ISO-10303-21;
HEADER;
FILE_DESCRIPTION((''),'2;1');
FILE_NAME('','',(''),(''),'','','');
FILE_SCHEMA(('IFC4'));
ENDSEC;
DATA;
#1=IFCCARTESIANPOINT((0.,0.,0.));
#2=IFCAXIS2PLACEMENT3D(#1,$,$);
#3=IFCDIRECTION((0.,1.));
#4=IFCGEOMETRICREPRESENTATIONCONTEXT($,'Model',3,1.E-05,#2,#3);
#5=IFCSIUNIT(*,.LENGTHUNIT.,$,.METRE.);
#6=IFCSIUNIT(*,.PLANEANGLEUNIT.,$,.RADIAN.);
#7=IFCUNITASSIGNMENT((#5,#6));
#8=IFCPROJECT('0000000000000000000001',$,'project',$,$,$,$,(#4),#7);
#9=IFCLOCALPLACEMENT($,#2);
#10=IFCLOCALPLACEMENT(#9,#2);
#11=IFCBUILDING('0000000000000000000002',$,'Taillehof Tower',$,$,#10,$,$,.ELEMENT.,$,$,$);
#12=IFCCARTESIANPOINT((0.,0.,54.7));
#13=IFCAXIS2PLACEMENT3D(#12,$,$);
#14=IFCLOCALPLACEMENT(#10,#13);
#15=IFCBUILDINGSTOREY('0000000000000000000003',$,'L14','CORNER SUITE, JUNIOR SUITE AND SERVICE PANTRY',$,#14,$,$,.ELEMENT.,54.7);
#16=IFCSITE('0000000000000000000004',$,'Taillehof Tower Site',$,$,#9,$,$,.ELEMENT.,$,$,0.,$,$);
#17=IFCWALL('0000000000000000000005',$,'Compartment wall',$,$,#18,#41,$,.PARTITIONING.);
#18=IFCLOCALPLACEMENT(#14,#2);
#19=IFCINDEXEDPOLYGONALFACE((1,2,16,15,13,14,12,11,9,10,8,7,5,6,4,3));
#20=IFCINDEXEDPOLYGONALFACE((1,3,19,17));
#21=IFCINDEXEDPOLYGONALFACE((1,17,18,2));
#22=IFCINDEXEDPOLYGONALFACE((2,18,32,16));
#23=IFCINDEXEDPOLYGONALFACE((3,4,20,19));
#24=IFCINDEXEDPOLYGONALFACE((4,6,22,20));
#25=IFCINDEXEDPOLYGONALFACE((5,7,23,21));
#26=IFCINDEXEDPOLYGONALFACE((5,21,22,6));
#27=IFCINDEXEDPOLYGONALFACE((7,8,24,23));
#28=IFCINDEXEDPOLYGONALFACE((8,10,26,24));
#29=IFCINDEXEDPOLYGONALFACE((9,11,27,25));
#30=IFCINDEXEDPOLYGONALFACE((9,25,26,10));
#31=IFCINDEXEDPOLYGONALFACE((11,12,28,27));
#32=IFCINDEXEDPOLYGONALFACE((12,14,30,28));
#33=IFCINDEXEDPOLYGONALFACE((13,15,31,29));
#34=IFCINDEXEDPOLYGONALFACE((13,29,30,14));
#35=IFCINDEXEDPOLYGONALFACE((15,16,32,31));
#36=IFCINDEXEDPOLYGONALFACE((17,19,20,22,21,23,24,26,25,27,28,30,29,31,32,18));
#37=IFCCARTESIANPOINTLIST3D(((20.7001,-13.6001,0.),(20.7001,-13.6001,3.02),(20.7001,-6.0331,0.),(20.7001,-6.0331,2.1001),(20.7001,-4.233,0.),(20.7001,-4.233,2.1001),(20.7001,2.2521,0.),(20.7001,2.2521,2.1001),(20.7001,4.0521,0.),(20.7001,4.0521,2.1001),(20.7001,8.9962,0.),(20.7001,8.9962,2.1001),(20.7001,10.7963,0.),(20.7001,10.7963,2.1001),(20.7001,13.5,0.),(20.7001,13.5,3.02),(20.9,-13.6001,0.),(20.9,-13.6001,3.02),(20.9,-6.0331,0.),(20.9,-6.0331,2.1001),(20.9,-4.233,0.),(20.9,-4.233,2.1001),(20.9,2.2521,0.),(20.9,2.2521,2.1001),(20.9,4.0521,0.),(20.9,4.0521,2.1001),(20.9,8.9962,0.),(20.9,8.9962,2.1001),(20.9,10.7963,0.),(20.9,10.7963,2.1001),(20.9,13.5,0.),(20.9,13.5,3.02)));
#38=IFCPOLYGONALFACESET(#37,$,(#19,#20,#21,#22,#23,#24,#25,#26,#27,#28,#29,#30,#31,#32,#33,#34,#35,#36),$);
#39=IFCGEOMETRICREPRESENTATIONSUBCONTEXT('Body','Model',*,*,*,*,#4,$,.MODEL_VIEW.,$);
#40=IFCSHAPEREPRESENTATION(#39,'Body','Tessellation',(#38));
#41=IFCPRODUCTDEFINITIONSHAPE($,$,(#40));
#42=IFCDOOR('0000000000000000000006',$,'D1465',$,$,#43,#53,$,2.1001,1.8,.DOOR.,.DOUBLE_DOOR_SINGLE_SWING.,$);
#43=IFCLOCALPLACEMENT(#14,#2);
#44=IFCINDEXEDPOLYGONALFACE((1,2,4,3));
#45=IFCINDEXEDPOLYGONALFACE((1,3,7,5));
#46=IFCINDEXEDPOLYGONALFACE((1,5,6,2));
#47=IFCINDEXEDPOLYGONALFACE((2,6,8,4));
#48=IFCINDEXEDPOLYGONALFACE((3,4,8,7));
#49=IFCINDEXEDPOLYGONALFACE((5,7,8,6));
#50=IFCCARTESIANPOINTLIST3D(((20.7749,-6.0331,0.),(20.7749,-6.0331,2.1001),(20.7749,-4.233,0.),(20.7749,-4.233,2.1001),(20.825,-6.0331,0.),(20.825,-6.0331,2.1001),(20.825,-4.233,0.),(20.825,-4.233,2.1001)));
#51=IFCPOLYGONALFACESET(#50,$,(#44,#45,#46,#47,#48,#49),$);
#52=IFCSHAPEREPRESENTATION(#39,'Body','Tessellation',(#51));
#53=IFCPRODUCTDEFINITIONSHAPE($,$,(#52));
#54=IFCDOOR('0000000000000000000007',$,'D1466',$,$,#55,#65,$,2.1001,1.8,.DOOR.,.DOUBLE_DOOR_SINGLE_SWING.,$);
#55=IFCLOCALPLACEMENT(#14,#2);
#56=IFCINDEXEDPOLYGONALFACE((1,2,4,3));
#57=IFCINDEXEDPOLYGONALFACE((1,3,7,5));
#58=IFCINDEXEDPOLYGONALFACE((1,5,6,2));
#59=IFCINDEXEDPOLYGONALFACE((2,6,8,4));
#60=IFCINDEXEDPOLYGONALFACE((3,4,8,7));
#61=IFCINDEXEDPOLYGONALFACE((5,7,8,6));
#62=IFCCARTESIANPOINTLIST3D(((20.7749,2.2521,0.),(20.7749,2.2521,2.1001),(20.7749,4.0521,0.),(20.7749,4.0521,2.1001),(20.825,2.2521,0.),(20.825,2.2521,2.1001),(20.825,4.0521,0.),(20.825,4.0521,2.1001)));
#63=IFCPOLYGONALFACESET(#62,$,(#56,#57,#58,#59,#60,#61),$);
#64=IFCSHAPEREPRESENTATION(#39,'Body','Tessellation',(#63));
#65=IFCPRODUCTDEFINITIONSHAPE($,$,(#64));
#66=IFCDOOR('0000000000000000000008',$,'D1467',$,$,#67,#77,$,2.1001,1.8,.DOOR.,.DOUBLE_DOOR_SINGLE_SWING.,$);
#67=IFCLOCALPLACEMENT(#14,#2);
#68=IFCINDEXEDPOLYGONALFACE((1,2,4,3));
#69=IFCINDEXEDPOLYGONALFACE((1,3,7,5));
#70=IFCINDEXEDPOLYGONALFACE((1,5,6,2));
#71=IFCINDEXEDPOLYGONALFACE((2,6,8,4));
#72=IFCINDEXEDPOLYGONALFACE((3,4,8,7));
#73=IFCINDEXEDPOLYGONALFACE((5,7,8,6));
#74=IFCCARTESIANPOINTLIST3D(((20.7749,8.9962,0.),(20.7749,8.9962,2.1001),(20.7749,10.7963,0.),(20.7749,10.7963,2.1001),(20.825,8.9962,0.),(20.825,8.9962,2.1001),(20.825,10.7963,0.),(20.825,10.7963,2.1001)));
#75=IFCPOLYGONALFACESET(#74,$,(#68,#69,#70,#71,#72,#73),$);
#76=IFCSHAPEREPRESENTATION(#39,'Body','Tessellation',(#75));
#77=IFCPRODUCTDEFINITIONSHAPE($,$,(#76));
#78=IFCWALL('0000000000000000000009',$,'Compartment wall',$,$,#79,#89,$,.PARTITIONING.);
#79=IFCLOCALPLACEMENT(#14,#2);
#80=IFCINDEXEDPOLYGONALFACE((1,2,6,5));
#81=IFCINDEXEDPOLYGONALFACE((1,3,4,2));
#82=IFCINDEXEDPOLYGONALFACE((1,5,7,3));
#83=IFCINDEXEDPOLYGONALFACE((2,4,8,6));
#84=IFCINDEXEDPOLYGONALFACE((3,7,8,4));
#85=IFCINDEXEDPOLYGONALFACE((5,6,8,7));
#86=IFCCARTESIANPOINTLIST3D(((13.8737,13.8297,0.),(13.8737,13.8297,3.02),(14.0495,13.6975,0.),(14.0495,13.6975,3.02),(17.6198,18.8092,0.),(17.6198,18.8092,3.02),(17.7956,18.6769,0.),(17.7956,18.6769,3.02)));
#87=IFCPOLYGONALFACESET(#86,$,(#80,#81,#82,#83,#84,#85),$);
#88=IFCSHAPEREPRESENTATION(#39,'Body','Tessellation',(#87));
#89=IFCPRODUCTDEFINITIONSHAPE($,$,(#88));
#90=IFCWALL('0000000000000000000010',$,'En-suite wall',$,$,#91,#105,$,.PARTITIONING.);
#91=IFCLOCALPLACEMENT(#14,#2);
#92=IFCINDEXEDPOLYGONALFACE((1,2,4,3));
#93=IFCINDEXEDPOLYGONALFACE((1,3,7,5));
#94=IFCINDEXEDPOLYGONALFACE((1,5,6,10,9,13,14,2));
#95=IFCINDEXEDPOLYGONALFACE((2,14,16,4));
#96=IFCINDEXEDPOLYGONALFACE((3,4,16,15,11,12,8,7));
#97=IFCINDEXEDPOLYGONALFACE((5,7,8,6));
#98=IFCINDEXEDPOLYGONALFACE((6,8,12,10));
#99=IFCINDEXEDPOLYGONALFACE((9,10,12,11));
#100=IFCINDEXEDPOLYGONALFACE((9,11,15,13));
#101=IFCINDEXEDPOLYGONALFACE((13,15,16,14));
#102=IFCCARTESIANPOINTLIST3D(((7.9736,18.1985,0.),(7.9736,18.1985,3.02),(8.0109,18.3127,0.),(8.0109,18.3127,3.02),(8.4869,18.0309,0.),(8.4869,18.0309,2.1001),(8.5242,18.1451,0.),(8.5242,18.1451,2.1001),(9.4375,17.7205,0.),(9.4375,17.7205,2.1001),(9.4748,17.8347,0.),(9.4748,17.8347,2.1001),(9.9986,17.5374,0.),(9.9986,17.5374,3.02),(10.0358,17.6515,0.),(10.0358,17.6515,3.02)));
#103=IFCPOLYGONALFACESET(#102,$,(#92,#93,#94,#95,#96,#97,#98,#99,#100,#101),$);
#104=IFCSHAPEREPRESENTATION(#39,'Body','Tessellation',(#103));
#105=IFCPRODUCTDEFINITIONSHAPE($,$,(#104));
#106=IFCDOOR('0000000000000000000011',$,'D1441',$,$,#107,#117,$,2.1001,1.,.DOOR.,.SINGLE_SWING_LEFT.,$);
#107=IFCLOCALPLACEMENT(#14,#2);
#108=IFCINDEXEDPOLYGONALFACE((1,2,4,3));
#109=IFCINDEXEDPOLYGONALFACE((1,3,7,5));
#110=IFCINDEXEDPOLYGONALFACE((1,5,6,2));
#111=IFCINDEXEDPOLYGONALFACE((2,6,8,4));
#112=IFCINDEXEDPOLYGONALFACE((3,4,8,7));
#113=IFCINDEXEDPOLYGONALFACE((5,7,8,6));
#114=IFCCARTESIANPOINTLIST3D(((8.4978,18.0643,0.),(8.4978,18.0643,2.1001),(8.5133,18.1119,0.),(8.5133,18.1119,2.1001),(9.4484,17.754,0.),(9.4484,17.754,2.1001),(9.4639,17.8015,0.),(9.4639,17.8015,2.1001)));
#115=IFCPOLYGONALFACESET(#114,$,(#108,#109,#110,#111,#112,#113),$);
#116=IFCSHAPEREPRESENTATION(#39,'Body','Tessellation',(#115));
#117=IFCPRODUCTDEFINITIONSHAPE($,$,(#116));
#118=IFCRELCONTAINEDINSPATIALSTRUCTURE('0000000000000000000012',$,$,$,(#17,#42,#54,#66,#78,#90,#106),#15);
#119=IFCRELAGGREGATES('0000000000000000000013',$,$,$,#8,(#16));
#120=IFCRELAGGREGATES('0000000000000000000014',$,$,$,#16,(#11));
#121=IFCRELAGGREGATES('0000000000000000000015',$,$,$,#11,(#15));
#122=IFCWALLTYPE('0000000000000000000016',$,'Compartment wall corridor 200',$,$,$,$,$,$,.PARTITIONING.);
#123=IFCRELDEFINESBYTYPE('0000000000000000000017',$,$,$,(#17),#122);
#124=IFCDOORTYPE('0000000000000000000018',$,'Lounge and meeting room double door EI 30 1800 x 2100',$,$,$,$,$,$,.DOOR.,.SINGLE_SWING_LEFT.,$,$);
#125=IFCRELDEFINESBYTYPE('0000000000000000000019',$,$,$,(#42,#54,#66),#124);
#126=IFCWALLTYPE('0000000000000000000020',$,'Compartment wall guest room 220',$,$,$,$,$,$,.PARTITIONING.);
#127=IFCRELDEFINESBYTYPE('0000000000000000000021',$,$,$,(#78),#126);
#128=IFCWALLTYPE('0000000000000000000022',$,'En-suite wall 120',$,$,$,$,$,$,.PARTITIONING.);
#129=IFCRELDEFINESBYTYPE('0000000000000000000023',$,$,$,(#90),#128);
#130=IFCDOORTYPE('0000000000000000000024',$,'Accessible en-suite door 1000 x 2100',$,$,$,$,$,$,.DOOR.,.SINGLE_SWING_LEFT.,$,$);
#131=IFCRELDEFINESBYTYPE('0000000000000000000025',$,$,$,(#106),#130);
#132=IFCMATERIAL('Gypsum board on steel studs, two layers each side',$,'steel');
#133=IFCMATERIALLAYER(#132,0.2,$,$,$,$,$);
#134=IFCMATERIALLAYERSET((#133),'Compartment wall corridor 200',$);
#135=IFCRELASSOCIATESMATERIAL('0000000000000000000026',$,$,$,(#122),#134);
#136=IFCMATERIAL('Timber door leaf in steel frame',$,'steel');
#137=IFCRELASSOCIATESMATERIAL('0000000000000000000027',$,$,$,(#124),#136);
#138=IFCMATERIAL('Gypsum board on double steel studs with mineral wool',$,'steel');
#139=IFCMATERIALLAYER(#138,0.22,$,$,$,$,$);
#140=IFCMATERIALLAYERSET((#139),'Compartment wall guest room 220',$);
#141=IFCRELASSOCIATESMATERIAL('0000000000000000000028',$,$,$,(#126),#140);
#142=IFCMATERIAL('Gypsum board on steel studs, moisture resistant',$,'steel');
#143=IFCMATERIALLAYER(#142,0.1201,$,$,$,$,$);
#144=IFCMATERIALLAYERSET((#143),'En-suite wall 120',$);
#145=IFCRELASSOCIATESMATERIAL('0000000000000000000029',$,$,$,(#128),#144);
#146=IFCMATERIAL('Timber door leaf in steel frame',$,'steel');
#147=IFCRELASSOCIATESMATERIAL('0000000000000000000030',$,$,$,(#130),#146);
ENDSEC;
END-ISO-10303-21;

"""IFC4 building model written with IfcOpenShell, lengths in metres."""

from ifc_helpers import new_model, si_unit, direction, frame, frame_2d, origin, place, context, subcontext, project, spatial, rectangle, extrude, material, layer, layer_set, type_object, element, fill, save


model = new_model("IFC4")

# Units and contexts
model_context = context("Model", 3, precision=1e-05, world=origin(), true_north=direction((0.0, 1.0)))
body_context = subcontext(model_context, "Body", "Model", "MODEL_VIEW")
ifc_project = project(units=[si_unit("LENGTHUNIT", "METRE"), si_unit("PLANEANGLEUNIT", "RADIAN")], contexts=[model_context])

# Site, building, storey
site_placement = place(None, origin())
site = spatial("IfcSite", under=ifc_project, at=site_placement, Name="Taillehof Tower Site", CompositionType="ELEMENT", RefElevation=0.0)
building_placement = place(site_placement, origin())
building = spatial("IfcBuilding", under=site, at=building_placement, Name="Taillehof Tower", CompositionType="ELEMENT")
storey_placement = place(building_placement, frame((0.0, 0.0, 54.7)))
storey = spatial("IfcBuildingStorey", under=building, at=storey_placement, Name="L14", Description="CORNER SUITE, JUNIOR SUITE AND SERVICE PANTRY", CompositionType="ELEMENT", Elevation=54.7)

# Shared definitions
ifc_material_1 = material(Name="Gypsum board on steel studs, two layers each side", Category="steel")
ifc_layer_1 = layer(ifc_material_1, 0.2)
ifc_layer_set_1 = layer_set([ifc_layer_1], Name="Compartment wall corridor 200")
wall_type_1 = type_object("IfcWallType", Name="Compartment wall corridor 200", PredefinedType="PARTITIONING", material=ifc_layer_set_1)

# Wall, openings, doors
wall_1_placement = place(storey_placement, frame((20.8, 13.5, 0.0), z_axis=(0.0, 0.0, 1.0), x_axis=(0.0, -1.0, 0.0)))
wall_1 = element("IfcWall", 1, at=wall_1_placement, inside=storey, type_object=wall_type_1, Name="Compartment wall", PredefinedType="PARTITIONING", context=body_context, shape_type="SweptSolid", body=[
    extrude(rectangle(XDim=27.1001, YDim=0.2, at=frame_2d((13.55, 0.0))), origin(), (0.0, 0.0, 1.0), 3.02),
])
opening_1_placement = place(wall_1_placement, frame((17.7332, 0.0, 0.0)))
opening_1 = element("IfcOpeningElement", 2, at=opening_1_placement, cuts=wall_1, PredefinedType="OPENING", context=body_context, shape_type="SweptSolid", body=[
    extrude(rectangle(XDim=1.8, YDim=2.1001, at=frame_2d((0.8999, 1.05))), frame((0.0, 0.1099, 0.0), z_axis=(0.0, -1.0, 0.0), x_axis=(1.0, 0.0, 0.0)), (0.0, 0.0, 1.0), 0.22),
])
opening_2_placement = place(wall_1_placement, frame((9.448, 0.0, 0.0)))
opening_2 = element("IfcOpeningElement", 3, at=opening_2_placement, cuts=wall_1, PredefinedType="OPENING", context=body_context, shape_type="SweptSolid", body=[
    extrude(rectangle(XDim=1.8, YDim=2.1001, at=frame_2d((0.8999, 1.05))), frame((0.0, 0.1099, 0.0), z_axis=(0.0, -1.0, 0.0), x_axis=(1.0, 0.0, 0.0)), (0.0, 0.0, 1.0), 0.22),
])
opening_3_placement = place(wall_1_placement, frame((2.7039, 0.0, 0.0)))
opening_3 = element("IfcOpeningElement", 4, at=opening_3_placement, cuts=wall_1, PredefinedType="OPENING", context=body_context, shape_type="SweptSolid", body=[
    extrude(rectangle(XDim=1.8, YDim=2.1001, at=frame_2d((0.8999, 1.05))), frame((0.0, 0.1099, 0.0), z_axis=(0.0, -1.0, 0.0), x_axis=(1.0, 0.0, 0.0)), (0.0, 0.0, 1.0), 0.22),
])
ifc_material_2 = material(Name="Timber door leaf in steel frame", Category="steel")
door_type_1 = type_object("IfcDoorType", Name="Lounge and meeting room double door EI 30 1800 x 2100", OperationType="SINGLE_SWING_LEFT", PredefinedType="DOOR", material=ifc_material_2)
door_1_placement = place(opening_1_placement, origin())
door_1 = element("IfcDoor", 5, at=door_1_placement, inside=storey, type_object=door_type_1, Name="D1465", OperationType="DOUBLE_DOOR_SINGLE_SWING", OverallHeight=2.1001, OverallWidth=1.8, PredefinedType="DOOR", context=body_context, shape_type="SweptSolid", body=[
    extrude(rectangle(XDim=1.8, YDim=2.1001, at=frame_2d((0.8999, 1.05))), frame((0.0, 0.0249, 0.0), z_axis=(0.0, -1.0, 0.0), x_axis=(1.0, 0.0, 0.0)), (0.0, 0.0, 1.0), 0.05),
])
fill(opening_1, door_1)
door_2_placement = place(opening_2_placement, origin())
door_2 = element("IfcDoor", 6, at=door_2_placement, inside=storey, type_object=door_type_1, Name="D1466", OperationType="DOUBLE_DOOR_SINGLE_SWING", OverallHeight=2.1001, OverallWidth=1.8, PredefinedType="DOOR", context=body_context, shape_type="SweptSolid", body=[
    extrude(rectangle(XDim=1.8, YDim=2.1001, at=frame_2d((0.8999, 1.05))), frame((0.0, 0.0249, 0.0), z_axis=(0.0, -1.0, 0.0), x_axis=(1.0, 0.0, 0.0)), (0.0, 0.0, 1.0), 0.05),
])
fill(opening_2, door_2)
door_3_placement = place(opening_3_placement, origin())
door_3 = element("IfcDoor", 7, at=door_3_placement, inside=storey, type_object=door_type_1, Name="D1467", OperationType="DOUBLE_DOOR_SINGLE_SWING", OverallHeight=2.1001, OverallWidth=1.8, PredefinedType="DOOR", context=body_context, shape_type="SweptSolid", body=[
    extrude(rectangle(XDim=1.8, YDim=2.1001, at=frame_2d((0.8999, 1.05))), frame((0.0, 0.0249, 0.0), z_axis=(0.0, -1.0, 0.0), x_axis=(1.0, 0.0, 0.0)), (0.0, 0.0, 1.0), 0.05),
])
fill(opening_3, door_3)

# Wall
ifc_material_3 = material(Name="Gypsum board on double steel studs with mineral wool", Category="steel")
ifc_layer_2 = layer(ifc_material_3, 0.22)
ifc_layer_set_2 = layer_set([ifc_layer_2], Name="Compartment wall guest room 220")
wall_type_2 = type_object("IfcWallType", Name="Compartment wall guest room 220", PredefinedType="PARTITIONING", material=ifc_layer_set_2)
wall_2_placement = place(storey_placement, frame((17.7078, 18.7432, 0.0), z_axis=(0.0, 0.0, 1.0), x_axis=(-0.601178, -0.799115, 0.0)))
element("IfcWall", 8, at=wall_2_placement, inside=storey, type_object=wall_type_2, Name="Compartment wall", PredefinedType="PARTITIONING", context=body_context, shape_type="SweptSolid", body=[
    extrude(rectangle(XDim=6.2312, YDim=0.22, at=frame_2d((3.1157, 0.0))), origin(), (0.0, 0.0, 1.0), 3.02),
])

# Wall, opening, door
ifc_material_4 = material(Name="Gypsum board on steel studs, moisture resistant", Category="steel")
ifc_layer_3 = layer(ifc_material_4, 0.1201)
ifc_layer_set_3 = layer_set([ifc_layer_3], Name="En-suite wall 120")
wall_type_3 = type_object("IfcWallType", Name="En-suite wall 120", PredefinedType="PARTITIONING", material=ifc_layer_set_3)
wall_3_placement = place(storey_placement, frame((10.0171, 17.5945, 0.0), z_axis=(0.0, 0.0, 1.0), x_axis=(-0.950614, 0.310376, 0.0)))
wall_3 = element("IfcWall", 9, at=wall_3_placement, inside=storey, type_object=wall_type_3, Name="En-suite wall", PredefinedType="PARTITIONING", context=body_context, shape_type="SweptSolid", body=[
    extrude(rectangle(XDim=2.1301, YDim=0.1201, at=frame_2d((1.0649, 0.0))), origin(), (0.0, 0.0, 1.0), 3.02),
])
opening_4_placement = place(wall_3_placement, frame((0.5901, 0.0, 0.0)))
opening_4 = element("IfcOpeningElement", 10, at=opening_4_placement, cuts=wall_3, PredefinedType="OPENING", context=body_context, shape_type="SweptSolid", body=[
    extrude(rectangle(XDim=1.0, YDim=2.1001, at=frame_2d((0.5, 1.05))), frame((0.0, 0.0701, 0.0), z_axis=(0.0, -1.0, 0.0), x_axis=(1.0, 0.0, 0.0)), (0.0, 0.0, 1.0), 0.1401),
])
ifc_material_5 = material(Name="Timber door leaf in steel frame", Category="steel")
door_type_2 = type_object("IfcDoorType", Name="Accessible en-suite door 1000 x 2100", OperationType="SINGLE_SWING_LEFT", PredefinedType="DOOR", material=ifc_material_5)
door_4_placement = place(opening_4_placement, origin())
door_4 = element("IfcDoor", 11, at=door_4_placement, inside=storey, type_object=door_type_2, Name="D1441", OperationType="SINGLE_SWING_LEFT", OverallHeight=2.1001, OverallWidth=1.0, PredefinedType="DOOR", context=body_context, shape_type="SweptSolid", body=[
    extrude(rectangle(XDim=1.0, YDim=2.1001, at=frame_2d((0.5, 1.05))), frame((0.0, 0.0249, 0.0), z_axis=(0.0, -1.0, 0.0), x_axis=(1.0, 0.0, 0.0)), (0.0, 0.0, 1.0), 0.05),
])
fill(opening_4, door_4)

save(model, "model.ifc")
